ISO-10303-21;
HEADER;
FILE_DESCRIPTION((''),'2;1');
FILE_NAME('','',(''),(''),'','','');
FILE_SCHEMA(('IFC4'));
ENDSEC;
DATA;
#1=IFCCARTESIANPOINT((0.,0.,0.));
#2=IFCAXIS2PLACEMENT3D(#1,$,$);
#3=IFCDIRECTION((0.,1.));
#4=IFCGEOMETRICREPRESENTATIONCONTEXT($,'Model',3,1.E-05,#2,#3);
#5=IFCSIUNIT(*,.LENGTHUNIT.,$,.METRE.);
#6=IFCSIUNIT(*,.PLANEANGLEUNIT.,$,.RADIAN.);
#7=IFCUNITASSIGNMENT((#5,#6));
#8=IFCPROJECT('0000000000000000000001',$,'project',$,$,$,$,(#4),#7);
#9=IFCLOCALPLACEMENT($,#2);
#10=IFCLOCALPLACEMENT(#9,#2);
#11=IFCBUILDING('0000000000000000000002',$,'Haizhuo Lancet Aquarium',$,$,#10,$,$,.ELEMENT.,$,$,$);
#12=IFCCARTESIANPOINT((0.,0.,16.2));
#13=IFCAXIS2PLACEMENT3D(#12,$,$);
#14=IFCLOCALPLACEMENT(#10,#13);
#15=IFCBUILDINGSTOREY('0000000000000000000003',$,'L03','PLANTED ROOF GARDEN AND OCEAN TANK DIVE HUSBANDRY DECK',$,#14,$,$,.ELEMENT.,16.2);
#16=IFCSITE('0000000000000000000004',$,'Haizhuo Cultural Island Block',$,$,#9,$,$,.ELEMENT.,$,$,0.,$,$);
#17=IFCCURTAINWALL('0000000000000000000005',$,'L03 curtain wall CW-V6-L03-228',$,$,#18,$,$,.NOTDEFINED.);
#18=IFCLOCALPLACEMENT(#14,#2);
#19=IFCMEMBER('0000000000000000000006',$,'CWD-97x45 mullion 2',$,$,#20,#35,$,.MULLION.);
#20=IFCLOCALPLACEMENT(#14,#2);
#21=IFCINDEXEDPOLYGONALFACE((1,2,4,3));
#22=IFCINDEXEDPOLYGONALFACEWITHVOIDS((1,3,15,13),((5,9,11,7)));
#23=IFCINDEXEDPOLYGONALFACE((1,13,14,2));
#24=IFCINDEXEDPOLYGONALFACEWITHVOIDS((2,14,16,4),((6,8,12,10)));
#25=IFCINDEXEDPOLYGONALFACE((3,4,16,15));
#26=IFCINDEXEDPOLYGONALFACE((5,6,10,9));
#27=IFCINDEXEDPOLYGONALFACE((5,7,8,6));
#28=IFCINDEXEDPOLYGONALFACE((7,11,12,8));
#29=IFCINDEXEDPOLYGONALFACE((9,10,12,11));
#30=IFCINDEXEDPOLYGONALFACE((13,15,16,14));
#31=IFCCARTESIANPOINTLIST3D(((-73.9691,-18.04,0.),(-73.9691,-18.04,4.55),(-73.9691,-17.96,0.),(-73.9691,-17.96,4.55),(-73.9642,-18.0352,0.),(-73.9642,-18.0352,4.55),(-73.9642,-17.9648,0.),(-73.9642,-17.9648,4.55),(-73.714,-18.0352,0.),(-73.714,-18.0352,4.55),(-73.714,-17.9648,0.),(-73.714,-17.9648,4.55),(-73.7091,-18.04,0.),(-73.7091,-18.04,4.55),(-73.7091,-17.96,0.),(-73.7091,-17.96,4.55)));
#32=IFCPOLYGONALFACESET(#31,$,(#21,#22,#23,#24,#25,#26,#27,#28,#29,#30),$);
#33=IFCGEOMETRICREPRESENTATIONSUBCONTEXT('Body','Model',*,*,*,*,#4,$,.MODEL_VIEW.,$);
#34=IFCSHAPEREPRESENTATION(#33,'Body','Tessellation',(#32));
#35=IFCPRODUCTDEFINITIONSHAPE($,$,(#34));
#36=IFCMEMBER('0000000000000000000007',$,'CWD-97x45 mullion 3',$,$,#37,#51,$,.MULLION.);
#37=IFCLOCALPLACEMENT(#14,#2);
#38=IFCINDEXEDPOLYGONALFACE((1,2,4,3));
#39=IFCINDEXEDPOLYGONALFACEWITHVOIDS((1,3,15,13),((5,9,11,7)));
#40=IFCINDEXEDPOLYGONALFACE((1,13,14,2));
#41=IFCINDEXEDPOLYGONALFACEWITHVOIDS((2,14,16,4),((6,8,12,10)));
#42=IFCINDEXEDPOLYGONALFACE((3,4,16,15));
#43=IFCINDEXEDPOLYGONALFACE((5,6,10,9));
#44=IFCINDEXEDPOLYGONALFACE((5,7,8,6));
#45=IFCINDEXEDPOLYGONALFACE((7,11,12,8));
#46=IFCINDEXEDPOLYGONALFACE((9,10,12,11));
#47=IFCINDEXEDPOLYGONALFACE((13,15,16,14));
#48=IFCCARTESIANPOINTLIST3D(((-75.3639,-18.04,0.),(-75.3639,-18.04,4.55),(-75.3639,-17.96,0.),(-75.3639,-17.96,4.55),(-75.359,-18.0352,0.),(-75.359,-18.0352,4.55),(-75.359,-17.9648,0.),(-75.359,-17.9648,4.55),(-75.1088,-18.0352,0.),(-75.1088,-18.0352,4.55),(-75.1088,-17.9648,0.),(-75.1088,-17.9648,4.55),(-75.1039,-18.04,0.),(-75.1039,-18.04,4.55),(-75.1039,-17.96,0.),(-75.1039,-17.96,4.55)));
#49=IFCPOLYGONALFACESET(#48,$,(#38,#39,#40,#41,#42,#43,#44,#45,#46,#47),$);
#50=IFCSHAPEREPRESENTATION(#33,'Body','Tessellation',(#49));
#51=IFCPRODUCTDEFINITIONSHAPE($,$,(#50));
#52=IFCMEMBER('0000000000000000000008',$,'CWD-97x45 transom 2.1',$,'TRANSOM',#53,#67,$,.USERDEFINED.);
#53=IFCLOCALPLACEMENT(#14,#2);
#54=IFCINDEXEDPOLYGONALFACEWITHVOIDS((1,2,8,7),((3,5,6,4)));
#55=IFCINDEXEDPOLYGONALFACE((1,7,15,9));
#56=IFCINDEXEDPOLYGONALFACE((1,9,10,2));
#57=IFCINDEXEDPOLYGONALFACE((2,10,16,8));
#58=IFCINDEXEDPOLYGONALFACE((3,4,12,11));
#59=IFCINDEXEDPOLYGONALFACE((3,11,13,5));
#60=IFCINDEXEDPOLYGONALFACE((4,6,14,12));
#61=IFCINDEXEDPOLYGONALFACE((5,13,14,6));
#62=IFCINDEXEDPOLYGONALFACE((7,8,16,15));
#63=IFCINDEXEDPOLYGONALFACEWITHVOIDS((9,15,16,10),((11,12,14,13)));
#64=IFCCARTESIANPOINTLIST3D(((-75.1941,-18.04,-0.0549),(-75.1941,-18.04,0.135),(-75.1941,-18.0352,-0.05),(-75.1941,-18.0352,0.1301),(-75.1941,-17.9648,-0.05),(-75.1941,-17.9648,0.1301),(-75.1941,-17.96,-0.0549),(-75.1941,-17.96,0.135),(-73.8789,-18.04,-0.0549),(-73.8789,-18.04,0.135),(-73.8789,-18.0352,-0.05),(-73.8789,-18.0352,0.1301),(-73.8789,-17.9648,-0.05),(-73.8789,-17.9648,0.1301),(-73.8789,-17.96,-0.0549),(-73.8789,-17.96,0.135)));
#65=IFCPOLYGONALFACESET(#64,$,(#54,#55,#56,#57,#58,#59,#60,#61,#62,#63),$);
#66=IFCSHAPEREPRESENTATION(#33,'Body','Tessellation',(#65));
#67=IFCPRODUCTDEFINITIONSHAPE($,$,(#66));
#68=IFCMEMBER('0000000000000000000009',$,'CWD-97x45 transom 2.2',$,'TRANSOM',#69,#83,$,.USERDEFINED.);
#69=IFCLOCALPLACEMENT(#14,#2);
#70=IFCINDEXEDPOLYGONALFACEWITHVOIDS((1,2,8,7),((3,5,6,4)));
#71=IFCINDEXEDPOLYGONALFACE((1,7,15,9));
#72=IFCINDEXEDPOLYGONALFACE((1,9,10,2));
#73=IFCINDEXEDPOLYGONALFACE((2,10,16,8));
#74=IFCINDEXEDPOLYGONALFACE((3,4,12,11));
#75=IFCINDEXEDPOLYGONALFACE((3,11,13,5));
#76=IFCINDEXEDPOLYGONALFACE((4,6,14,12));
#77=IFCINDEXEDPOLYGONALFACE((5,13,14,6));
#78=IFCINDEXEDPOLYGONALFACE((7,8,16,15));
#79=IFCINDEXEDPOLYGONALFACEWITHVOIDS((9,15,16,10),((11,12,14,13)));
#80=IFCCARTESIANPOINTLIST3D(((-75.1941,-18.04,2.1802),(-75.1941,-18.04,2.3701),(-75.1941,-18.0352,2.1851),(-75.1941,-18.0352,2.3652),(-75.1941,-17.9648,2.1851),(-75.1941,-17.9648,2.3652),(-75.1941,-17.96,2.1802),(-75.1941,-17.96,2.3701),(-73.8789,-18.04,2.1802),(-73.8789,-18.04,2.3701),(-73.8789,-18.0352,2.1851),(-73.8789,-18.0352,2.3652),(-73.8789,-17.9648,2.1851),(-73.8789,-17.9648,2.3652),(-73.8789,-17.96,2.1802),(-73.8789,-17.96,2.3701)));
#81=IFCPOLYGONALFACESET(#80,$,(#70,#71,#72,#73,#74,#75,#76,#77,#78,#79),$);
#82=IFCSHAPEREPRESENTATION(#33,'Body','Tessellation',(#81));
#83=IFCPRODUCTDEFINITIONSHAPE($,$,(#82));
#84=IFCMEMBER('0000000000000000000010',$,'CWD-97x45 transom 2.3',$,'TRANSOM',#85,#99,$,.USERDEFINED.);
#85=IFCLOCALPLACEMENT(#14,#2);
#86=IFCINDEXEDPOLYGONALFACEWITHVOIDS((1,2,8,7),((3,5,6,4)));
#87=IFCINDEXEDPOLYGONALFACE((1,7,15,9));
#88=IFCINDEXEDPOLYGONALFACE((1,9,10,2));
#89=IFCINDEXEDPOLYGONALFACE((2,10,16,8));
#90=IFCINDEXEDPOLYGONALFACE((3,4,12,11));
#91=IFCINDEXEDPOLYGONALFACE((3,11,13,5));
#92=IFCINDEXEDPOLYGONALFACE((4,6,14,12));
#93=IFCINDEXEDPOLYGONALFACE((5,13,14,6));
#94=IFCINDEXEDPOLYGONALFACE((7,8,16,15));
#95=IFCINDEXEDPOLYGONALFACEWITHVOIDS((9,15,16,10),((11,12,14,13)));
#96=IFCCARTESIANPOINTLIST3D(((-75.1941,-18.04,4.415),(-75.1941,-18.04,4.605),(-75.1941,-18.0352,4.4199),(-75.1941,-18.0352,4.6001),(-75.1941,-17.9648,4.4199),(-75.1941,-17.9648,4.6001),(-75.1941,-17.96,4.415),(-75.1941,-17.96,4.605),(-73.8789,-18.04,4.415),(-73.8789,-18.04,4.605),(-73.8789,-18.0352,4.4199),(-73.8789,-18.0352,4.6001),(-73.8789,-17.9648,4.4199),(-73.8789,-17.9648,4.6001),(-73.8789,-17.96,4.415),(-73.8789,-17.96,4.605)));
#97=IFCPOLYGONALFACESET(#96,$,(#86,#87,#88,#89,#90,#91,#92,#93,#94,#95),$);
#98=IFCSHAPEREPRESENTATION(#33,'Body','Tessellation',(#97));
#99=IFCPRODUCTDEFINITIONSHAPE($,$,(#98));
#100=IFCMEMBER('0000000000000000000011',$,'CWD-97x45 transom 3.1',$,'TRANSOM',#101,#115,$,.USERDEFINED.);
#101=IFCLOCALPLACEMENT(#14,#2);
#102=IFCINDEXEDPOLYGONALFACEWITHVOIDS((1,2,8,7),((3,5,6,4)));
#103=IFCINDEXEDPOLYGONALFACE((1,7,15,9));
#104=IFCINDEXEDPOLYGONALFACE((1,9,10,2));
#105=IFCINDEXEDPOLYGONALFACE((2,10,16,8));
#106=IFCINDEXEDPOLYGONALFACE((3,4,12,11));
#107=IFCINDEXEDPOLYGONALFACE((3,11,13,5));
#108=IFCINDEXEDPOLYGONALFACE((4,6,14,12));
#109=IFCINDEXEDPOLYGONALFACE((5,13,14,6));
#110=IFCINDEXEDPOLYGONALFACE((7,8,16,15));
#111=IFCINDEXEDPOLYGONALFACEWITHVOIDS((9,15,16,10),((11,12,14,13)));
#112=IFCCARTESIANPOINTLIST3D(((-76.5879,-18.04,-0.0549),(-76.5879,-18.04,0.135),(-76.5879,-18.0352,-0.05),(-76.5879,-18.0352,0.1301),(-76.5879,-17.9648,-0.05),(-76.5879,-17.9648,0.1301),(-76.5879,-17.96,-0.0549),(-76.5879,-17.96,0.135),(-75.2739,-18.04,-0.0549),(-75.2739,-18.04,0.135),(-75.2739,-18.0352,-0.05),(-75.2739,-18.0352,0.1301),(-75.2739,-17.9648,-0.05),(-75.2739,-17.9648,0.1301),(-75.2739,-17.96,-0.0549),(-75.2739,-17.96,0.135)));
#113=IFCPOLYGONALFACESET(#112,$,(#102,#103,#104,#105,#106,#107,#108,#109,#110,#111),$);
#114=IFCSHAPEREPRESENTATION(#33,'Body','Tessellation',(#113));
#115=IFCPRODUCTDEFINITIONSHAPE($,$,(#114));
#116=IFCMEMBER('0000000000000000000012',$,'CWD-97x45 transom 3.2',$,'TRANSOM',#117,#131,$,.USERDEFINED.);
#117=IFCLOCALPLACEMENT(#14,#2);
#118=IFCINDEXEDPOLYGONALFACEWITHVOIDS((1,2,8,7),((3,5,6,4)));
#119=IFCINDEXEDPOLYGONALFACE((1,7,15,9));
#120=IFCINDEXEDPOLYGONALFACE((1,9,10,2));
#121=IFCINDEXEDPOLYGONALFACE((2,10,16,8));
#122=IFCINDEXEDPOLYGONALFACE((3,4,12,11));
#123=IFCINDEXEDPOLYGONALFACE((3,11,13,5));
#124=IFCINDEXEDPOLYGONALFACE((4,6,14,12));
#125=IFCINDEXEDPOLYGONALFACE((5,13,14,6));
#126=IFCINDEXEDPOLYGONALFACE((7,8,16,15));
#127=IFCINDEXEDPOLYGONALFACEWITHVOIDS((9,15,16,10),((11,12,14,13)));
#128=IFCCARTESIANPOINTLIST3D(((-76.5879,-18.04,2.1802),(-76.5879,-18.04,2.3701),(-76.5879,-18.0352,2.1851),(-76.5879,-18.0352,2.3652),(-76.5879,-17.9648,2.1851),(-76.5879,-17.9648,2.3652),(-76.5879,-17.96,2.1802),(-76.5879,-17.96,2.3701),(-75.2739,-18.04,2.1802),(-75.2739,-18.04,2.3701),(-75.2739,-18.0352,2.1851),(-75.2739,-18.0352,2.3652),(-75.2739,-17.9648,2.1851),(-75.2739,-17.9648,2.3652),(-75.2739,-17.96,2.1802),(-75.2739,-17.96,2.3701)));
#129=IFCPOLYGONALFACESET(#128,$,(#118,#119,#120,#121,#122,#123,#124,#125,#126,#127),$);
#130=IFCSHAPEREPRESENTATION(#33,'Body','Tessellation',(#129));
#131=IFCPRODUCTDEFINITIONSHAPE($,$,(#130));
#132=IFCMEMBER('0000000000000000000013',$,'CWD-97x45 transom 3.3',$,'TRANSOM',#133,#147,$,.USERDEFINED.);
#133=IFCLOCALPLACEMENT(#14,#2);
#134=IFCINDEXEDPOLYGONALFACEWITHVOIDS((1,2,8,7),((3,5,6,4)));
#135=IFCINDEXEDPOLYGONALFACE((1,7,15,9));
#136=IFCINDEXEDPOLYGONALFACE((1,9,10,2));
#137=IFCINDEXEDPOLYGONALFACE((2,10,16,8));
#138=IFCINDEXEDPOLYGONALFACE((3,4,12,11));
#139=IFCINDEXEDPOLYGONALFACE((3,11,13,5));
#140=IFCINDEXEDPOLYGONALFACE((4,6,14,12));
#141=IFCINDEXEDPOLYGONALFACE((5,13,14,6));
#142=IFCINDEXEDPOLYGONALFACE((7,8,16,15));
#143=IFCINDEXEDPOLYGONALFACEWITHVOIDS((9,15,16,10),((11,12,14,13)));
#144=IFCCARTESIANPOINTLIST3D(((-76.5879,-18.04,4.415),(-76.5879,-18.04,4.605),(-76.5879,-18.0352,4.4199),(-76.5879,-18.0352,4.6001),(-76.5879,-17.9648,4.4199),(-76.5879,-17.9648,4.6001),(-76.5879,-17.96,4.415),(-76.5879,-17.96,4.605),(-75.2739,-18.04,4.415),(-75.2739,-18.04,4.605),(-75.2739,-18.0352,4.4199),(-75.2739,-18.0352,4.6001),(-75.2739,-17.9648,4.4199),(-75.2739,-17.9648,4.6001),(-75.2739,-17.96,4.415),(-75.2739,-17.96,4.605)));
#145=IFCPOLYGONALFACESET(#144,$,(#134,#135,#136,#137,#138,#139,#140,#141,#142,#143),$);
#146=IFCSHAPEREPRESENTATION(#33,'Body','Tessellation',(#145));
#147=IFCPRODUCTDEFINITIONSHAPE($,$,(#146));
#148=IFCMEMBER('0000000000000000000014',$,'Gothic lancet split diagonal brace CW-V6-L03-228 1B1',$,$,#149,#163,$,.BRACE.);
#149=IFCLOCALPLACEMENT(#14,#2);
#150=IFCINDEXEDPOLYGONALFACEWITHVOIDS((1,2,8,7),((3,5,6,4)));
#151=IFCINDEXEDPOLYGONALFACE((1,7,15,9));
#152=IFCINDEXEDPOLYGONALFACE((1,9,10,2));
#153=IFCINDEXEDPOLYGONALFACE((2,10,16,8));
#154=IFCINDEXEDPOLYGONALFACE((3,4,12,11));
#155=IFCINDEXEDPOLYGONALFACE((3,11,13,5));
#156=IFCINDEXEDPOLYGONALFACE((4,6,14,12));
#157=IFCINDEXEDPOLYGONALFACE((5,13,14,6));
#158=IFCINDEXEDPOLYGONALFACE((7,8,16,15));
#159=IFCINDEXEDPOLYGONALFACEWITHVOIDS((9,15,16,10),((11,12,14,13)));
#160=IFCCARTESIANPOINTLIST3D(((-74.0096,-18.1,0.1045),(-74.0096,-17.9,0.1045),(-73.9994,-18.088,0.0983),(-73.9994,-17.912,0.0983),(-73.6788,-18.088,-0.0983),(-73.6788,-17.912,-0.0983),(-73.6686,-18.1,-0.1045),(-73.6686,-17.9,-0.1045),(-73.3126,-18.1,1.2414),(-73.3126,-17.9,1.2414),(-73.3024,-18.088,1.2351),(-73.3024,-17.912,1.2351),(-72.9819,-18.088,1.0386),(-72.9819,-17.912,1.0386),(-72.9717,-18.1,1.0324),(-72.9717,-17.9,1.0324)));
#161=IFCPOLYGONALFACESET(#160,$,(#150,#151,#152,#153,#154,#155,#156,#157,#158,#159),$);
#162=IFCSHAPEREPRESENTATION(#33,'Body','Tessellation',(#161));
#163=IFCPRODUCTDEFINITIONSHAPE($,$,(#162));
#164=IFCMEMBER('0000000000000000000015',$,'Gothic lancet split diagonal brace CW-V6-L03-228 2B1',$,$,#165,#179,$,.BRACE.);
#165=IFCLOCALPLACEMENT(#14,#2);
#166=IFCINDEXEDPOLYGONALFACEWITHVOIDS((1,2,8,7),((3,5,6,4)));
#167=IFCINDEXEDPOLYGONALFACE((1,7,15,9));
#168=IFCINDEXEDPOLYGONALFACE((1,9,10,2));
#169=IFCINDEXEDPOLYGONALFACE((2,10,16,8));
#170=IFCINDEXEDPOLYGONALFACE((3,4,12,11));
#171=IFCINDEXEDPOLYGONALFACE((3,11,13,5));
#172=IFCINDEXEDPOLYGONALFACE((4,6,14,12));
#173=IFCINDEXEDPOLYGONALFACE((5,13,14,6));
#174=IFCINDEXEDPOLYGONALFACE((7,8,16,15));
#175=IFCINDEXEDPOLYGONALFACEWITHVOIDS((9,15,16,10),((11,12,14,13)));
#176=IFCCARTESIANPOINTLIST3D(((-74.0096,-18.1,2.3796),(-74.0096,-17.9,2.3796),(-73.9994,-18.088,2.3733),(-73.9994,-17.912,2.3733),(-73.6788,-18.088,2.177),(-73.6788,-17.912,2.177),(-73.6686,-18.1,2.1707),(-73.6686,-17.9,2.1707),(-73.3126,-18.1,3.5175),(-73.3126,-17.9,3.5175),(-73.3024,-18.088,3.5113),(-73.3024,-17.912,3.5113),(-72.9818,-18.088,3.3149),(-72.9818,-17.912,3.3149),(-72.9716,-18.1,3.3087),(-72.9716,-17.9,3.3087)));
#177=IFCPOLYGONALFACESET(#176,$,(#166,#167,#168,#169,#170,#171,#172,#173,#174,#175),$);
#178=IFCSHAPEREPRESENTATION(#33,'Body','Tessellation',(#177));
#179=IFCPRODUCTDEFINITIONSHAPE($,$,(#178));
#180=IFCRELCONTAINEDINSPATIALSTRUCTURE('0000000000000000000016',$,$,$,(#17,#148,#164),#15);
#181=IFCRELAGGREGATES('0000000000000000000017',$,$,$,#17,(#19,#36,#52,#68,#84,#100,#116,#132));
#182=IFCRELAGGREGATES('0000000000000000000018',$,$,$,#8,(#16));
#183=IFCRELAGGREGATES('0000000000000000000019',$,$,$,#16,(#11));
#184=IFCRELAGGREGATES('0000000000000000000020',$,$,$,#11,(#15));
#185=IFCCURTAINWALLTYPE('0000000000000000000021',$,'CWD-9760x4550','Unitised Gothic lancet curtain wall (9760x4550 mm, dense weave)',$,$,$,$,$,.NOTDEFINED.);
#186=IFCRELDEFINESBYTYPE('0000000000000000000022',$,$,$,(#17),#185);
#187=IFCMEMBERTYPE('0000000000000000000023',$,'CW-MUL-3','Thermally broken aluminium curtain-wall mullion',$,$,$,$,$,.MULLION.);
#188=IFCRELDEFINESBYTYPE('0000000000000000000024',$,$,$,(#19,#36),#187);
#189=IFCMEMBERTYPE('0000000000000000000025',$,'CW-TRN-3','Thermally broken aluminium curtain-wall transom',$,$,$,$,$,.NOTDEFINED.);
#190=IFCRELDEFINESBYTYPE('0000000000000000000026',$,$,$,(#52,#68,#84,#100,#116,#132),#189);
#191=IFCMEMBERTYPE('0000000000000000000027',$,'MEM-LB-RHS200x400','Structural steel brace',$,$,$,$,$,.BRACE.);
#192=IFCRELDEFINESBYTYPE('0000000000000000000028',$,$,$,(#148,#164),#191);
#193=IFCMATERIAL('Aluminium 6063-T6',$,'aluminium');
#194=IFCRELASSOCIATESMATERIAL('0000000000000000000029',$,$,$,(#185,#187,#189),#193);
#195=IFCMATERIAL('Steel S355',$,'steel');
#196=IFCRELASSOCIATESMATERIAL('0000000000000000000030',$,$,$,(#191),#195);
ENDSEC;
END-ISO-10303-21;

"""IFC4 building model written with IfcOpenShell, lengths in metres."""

from ifc_helpers import new_model, si_unit, direction, frame, origin, origin_2d, place, context, subcontext, project, spatial, hollow_rectangle, extrude, material, material_profile, profile_set, type_object, element, aggregate, save


model = new_model("IFC4")

# Units and contexts
model_context = context("Model", 3, precision=1e-05, world=origin(), true_north=direction((0.0, 1.0)))
body_context = subcontext(model_context, "Body", "Model", "MODEL_VIEW")
ifc_project = project(units=[si_unit("LENGTHUNIT", "METRE"), si_unit("PLANEANGLEUNIT", "RADIAN")], contexts=[model_context])

# Site, building, storey
site_placement = place(None, origin())
site = spatial("IfcSite", under=ifc_project, at=site_placement, Name="Haizhuo Cultural Island Block", CompositionType="ELEMENT", RefElevation=0.0)
building_placement = place(site_placement, origin())
building = spatial("IfcBuilding", under=site, at=building_placement, Name="Haizhuo Lancet Aquarium", CompositionType="ELEMENT")
storey_placement = place(building_placement, frame((0.0, 0.0, 16.2)))
storey = spatial("IfcBuildingStorey", under=building, at=storey_placement, Name="L03", Description="PLANTED ROOF GARDEN AND OCEAN TANK DIVE HUSBANDRY DECK", CompositionType="ELEMENT", Elevation=16.2)

# Curtain wall, members
ifc_material_1 = material(Name="Aluminium 6063-T6", Category="aluminium")
curtain_wall_type = type_object("IfcCurtainWallType", Name="CWD-9760x4550", Description="Unitised Gothic lancet curtain wall (9760x4550 mm, dense weave)", PredefinedType="NOTDEFINED", material=ifc_material_1)
curtain_wall_placement = place(storey_placement, origin())
curtain_wall = element("IfcCurtainWall", 1, at=curtain_wall_placement, inside=storey, type_object=curtain_wall_type, Name="L03 curtain wall CW-V6-L03-228", PredefinedType="NOTDEFINED")
ifc_material_profile_1 = material_profile(ifc_material_1, hollow_rectangle(XDim=0.0801, YDim=0.26, WallThickness=0.0049, at=origin_2d()), Name="ALU-M 80x260x5")
ifc_profile_set_1 = profile_set([ifc_material_profile_1], Name="Aluminium 6063-T6")
member_type_1 = type_object("IfcMemberType", Name="CW-MUL-3", Description="Thermally broken aluminium curtain-wall mullion", PredefinedType="MULLION", material=ifc_profile_set_1)
member_1_placement = place(storey_placement, frame((-73.8391, -18.0, 0.0), z_axis=(0.0, 0.0, 1.0), x_axis=(0.0, -1.0, 0.0)))
member_1 = element("IfcMember", 2, at=member_1_placement, type_object=member_type_1, Name="CWD-97x45 mullion 2", PredefinedType="MULLION", context=body_context, shape_type="SweptSolid", body=[
    extrude(hollow_rectangle(XDim=0.0801, YDim=0.26, WallThickness=0.0049, at=origin_2d()), origin(), (0.0, 0.0, 1.0), 4.55),
])
member_2_placement = place(storey_placement, frame((-75.2339, -18.0, 0.0), z_axis=(0.0, 0.0, 1.0), x_axis=(0.0, -1.0, 0.0)))
member_2 = element("IfcMember", 3, at=member_2_placement, type_object=member_type_1, Name="CWD-97x45 mullion 3", PredefinedType="MULLION", context=body_context, shape_type="SweptSolid", body=[
    extrude(hollow_rectangle(XDim=0.0801, YDim=0.26, WallThickness=0.0049, at=origin_2d()), origin(), (0.0, 0.0, 1.0), 4.55),
])
ifc_material_profile_2 = material_profile(ifc_material_1, hollow_rectangle(XDim=0.0801, YDim=0.1899, WallThickness=0.0049, at=origin_2d()), Name="ALU-T 80x190x5")
ifc_profile_set_2 = profile_set([ifc_material_profile_2], Name="Aluminium 6063-T6")
member_type_2 = type_object("IfcMemberType", Name="CW-TRN-3", Description="Thermally broken aluminium curtain-wall transom", PredefinedType="NOTDEFINED", material=ifc_profile_set_2)
member_3_placement = place(storey_placement, frame((-73.8789, -18.0, 0.04), z_axis=(-1.0, 0.0, 0.0), x_axis=(0.0, -1.0, 0.0)))
member_3 = element("IfcMember", 4, at=member_3_placement, type_object=member_type_2, Name="CWD-97x45 transom 2.1", ObjectType="TRANSOM", PredefinedType="USERDEFINED", context=body_context, shape_type="SweptSolid", body=[
    extrude(hollow_rectangle(XDim=0.0801, YDim=0.1899, WallThickness=0.0049, at=origin_2d()), origin(), (0.0, 0.0, 1.0), 1.3152),
])
member_4_placement = place(storey_placement, frame((-73.8789, -18.0, 2.2751), z_axis=(-1.0, 0.0, 0.0), x_axis=(0.0, -1.0, 0.0)))
member_4 = element("IfcMember", 5, at=member_4_placement, type_object=member_type_2, Name="CWD-97x45 transom 2.2", ObjectType="TRANSOM", PredefinedType="USERDEFINED", context=body_context, shape_type="SweptSolid", body=[
    extrude(hollow_rectangle(XDim=0.0801, YDim=0.1899, WallThickness=0.0049, at=origin_2d()), origin(), (0.0, 0.0, 1.0), 1.3152),
])
member_5_placement = place(storey_placement, frame((-73.8789, -18.0, 4.51), z_axis=(-1.0, 0.0, 0.0), x_axis=(0.0, -1.0, 0.0)))
member_5 = element("IfcMember", 6, at=member_5_placement, type_object=member_type_2, Name="CWD-97x45 transom 2.3", ObjectType="TRANSOM", PredefinedType="USERDEFINED", context=body_context, shape_type="SweptSolid", body=[
    extrude(hollow_rectangle(XDim=0.0801, YDim=0.1899, WallThickness=0.0049, at=origin_2d()), origin(), (0.0, 0.0, 1.0), 1.3152),
])
member_6_placement = place(storey_placement, frame((-75.2739, -18.0, 0.04), z_axis=(-1.0, 0.0, 0.0), x_axis=(0.0, -1.0, 0.0)))
member_6 = element("IfcMember", 7, at=member_6_placement, type_object=member_type_2, Name="CWD-97x45 transom 3.1", ObjectType="TRANSOM", PredefinedType="USERDEFINED", context=body_context, shape_type="SweptSolid", body=[
    extrude(hollow_rectangle(XDim=0.0801, YDim=0.1899, WallThickness=0.0049, at=origin_2d()), origin(), (0.0, 0.0, 1.0), 1.314),
])
member_7_placement = place(storey_placement, frame((-75.2739, -18.0, 2.2751), z_axis=(-1.0, 0.0, 0.0), x_axis=(0.0, -1.0, 0.0)))
member_7 = element("IfcMember", 8, at=member_7_placement, type_object=member_type_2, Name="CWD-97x45 transom 3.2", ObjectType="TRANSOM", PredefinedType="USERDEFINED", context=body_context, shape_type="SweptSolid", body=[
    extrude(hollow_rectangle(XDim=0.0801, YDim=0.1899, WallThickness=0.0049, at=origin_2d()), origin(), (0.0, 0.0, 1.0), 1.314),
])
member_8_placement = place(storey_placement, frame((-75.2739, -18.0, 4.51), z_axis=(-1.0, 0.0, 0.0), x_axis=(0.0, -1.0, 0.0)))
member_8 = element("IfcMember", 9, at=member_8_placement, type_object=member_type_2, Name="CWD-97x45 transom 3.3", ObjectType="TRANSOM", PredefinedType="USERDEFINED", context=body_context, shape_type="SweptSolid", body=[
    extrude(hollow_rectangle(XDim=0.0801, YDim=0.1899, WallThickness=0.0049, at=origin_2d()), origin(), (0.0, 0.0, 1.0), 1.314),
])

# Members
ifc_material_2 = material(Name="Steel S355", Category="steel")
ifc_material_profile_3 = material_profile(ifc_material_2, hollow_rectangle(XDim=0.2, YDim=0.3999, WallThickness=0.012, at=origin_2d()), Name="RHS 200x400x12")
ifc_profile_set_3 = profile_set([ifc_material_profile_3], Name="Steel S355")
member_type_3 = type_object("IfcMemberType", Name="MEM-LB-RHS200x400", Description="Structural steel brace", PredefinedType="BRACE", material=ifc_profile_set_3)
member_9_placement = place(storey_placement, frame((-73.8391, -18.0, 0.0), z_axis=(0.522656, 0.0, 0.852543), x_axis=(0.0, 1.0, 0.0)))
element("IfcMember", 10, at=member_9_placement, inside=storey, type_object=member_type_3, Name="Gothic lancet split diagonal brace CW-V6-L03-228 1B1", PredefinedType="BRACE", context=body_context, shape_type="SweptSolid", body=[
    extrude(hollow_rectangle(XDim=0.2, YDim=0.3999, WallThickness=0.012, at=origin_2d()), origin(), (0.0, 0.0, 1.0), 1.3335),
])
member_10_placement = place(storey_placement, frame((-73.8391, -18.0, 2.2751), z_axis=(0.52233, 0.0, 0.852743), x_axis=(0.0, 1.0, 0.0)))
element("IfcMember", 11, at=member_10_placement, inside=storey, type_object=member_type_3, Name="Gothic lancet split diagonal brace CW-V6-L03-228 2B1", PredefinedType="BRACE", context=body_context, shape_type="SweptSolid", body=[
    extrude(hollow_rectangle(XDim=0.2, YDim=0.3999, WallThickness=0.012, at=origin_2d()), origin(), (0.0, 0.0, 1.0), 1.3345),
])

aggregate(curtain_wall, [member_1, member_2, member_3, member_4, member_5, member_6, member_7, member_8])

save(model, "model.ifc")
